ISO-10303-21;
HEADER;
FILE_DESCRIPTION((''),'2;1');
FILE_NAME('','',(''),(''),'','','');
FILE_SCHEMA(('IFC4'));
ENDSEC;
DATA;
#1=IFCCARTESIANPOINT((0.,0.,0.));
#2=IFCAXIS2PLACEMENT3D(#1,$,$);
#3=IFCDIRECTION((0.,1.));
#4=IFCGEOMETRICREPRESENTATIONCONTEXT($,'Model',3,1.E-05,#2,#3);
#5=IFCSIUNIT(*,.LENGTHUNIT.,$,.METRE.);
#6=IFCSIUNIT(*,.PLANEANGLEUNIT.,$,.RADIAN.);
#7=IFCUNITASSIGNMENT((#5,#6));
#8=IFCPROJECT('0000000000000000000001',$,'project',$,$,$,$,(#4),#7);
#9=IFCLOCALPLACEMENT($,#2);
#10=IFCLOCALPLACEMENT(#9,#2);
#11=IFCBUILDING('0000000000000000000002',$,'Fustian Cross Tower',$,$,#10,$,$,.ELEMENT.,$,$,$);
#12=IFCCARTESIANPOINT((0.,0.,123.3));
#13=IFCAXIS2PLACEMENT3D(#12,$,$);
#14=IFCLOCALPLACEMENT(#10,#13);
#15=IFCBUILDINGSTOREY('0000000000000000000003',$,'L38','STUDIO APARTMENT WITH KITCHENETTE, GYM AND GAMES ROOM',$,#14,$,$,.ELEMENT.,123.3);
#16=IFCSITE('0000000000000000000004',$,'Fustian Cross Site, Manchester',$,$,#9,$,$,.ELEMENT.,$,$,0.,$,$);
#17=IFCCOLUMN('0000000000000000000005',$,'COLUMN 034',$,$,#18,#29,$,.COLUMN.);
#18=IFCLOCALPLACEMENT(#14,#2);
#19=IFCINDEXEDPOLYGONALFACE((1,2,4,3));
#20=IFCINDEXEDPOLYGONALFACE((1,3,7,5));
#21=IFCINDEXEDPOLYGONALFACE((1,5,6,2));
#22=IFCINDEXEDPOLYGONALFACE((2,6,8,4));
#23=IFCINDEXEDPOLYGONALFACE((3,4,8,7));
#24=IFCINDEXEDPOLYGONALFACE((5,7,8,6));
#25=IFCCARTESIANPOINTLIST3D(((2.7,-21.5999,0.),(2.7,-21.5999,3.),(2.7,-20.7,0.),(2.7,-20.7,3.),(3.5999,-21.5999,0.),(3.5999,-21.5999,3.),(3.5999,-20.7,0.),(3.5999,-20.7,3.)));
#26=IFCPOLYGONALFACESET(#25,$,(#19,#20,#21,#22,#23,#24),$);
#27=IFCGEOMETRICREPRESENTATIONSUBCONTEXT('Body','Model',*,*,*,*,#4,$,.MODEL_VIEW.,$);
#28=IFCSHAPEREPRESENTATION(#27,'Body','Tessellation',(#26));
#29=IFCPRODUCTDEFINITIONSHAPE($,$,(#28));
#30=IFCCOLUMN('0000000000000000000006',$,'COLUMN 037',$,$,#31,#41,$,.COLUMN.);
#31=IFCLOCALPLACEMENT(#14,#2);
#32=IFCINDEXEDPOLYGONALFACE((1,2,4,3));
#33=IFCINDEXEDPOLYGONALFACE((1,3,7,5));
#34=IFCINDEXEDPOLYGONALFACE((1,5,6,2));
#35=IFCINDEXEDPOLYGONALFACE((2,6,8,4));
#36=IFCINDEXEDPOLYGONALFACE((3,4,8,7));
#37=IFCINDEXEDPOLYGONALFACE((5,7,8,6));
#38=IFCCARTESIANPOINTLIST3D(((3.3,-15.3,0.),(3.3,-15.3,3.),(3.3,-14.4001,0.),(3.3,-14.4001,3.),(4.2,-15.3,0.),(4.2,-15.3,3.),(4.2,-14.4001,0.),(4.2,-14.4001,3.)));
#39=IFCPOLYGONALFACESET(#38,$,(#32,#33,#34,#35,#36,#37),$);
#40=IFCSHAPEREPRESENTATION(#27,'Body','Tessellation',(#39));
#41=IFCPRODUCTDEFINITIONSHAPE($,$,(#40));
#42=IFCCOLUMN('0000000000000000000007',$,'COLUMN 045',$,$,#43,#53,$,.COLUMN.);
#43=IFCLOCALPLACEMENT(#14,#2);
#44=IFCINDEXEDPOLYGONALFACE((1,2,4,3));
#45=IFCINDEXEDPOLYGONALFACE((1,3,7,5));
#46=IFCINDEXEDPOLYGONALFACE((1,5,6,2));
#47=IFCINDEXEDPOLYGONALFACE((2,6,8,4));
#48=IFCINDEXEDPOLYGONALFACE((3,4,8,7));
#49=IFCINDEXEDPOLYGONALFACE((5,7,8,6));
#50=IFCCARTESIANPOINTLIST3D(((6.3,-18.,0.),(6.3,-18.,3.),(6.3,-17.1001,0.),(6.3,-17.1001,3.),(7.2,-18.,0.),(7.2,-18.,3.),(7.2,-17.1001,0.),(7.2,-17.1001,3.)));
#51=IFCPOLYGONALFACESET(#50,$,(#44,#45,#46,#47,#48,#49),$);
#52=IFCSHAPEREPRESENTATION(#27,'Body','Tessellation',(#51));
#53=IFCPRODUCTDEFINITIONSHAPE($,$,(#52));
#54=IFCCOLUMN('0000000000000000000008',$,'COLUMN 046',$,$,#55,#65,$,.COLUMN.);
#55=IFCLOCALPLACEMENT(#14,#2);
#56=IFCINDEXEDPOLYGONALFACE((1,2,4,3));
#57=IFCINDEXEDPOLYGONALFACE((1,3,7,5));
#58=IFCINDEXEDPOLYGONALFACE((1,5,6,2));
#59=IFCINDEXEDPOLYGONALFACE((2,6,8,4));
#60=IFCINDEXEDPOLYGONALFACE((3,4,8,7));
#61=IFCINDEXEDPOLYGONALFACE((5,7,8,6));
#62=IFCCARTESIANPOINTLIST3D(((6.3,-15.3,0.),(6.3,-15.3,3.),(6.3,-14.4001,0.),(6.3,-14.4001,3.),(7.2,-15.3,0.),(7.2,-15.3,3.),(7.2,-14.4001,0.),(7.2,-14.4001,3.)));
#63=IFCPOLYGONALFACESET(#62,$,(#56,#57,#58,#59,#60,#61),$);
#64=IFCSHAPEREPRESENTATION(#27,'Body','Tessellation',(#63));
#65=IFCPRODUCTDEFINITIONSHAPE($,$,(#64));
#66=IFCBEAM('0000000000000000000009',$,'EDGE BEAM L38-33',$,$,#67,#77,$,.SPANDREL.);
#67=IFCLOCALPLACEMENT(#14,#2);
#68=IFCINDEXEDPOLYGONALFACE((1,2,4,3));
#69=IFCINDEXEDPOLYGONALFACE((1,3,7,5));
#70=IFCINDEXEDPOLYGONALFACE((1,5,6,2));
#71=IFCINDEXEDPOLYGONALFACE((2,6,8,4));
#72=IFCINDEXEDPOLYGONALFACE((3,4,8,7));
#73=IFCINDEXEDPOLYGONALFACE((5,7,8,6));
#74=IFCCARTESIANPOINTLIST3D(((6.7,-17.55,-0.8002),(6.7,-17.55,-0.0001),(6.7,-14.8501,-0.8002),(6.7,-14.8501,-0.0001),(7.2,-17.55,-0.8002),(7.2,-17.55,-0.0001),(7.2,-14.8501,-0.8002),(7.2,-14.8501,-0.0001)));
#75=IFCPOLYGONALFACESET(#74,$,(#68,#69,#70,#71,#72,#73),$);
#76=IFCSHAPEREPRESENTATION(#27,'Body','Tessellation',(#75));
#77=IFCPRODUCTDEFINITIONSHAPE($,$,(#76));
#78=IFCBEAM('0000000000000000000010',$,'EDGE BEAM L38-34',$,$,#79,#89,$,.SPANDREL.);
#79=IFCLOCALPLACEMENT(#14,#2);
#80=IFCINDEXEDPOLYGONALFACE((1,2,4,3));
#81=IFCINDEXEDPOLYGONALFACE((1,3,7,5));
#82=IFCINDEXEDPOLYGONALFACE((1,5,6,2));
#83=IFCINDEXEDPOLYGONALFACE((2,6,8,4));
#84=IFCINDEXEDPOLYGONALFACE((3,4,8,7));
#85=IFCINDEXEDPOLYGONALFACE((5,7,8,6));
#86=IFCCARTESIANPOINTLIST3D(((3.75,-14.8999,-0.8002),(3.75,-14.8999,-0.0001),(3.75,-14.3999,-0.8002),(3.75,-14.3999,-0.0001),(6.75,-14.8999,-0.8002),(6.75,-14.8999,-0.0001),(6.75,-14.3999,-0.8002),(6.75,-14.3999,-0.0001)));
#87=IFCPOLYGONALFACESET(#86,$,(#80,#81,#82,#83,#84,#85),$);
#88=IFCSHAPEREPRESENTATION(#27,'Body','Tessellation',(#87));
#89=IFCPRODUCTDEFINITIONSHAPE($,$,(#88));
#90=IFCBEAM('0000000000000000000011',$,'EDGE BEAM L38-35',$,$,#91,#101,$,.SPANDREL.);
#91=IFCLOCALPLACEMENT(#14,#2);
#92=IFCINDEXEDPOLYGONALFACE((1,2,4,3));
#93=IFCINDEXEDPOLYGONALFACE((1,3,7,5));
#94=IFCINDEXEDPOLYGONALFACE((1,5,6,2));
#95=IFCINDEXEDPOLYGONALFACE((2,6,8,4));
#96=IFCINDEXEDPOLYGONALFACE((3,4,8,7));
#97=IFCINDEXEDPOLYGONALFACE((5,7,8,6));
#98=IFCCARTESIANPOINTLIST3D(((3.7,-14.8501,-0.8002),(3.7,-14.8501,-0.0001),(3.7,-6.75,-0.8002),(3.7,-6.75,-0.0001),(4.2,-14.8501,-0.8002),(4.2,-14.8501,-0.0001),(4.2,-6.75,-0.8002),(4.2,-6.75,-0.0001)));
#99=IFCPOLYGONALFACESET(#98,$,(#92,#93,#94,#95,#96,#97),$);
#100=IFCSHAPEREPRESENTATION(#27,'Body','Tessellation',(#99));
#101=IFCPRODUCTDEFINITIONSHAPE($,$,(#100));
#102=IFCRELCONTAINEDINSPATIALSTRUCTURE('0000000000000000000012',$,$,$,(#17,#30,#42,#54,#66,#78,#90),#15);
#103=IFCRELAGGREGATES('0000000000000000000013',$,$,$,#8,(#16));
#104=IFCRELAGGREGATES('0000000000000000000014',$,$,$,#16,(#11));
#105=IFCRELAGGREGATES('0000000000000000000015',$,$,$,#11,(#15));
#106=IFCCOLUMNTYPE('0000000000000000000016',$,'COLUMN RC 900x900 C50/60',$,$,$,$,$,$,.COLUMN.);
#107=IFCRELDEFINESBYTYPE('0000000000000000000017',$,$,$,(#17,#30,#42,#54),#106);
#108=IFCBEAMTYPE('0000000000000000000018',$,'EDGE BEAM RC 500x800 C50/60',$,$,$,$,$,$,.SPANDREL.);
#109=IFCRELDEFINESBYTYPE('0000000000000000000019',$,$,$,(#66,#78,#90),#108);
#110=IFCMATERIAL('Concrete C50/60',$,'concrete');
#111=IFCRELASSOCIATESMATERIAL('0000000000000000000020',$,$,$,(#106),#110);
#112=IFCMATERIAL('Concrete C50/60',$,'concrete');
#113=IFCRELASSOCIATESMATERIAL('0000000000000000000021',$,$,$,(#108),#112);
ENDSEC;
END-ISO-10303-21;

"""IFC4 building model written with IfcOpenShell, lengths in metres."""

from ifc_helpers import new_model, si_unit, direction, frame, origin, origin_2d, place, context, subcontext, project, spatial, rectangle, extrude, material, material_profile, profile_set, type_object, element, save


model = new_model("IFC4")

# Units and contexts
model_context = context("Model", 3, precision=1e-05, world=origin(), true_north=direction((0.0, 1.0)))
body_context = subcontext(model_context, "Body", "Model", "MODEL_VIEW")
ifc_project = project(units=[si_unit("LENGTHUNIT", "METRE"), si_unit("PLANEANGLEUNIT", "RADIAN")], contexts=[model_context])

# Site, building, storey
site_placement = place(None, origin())
site = spatial("IfcSite", under=ifc_project, at=site_placement, Name="Fustian Cross Site, Manchester", CompositionType="ELEMENT", RefElevation=0.0)
building_placement = place(site_placement, origin())
building = spatial("IfcBuilding", under=site, at=building_placement, Name="Fustian Cross Tower", CompositionType="ELEMENT")
storey_placement = place(building_placement, frame((0.0, 0.0, 123.3)))
storey = spatial("IfcBuildingStorey", under=building, at=storey_placement, Name="L38", Description="STUDIO APARTMENT WITH KITCHENETTE, GYM AND GAMES ROOM", CompositionType="ELEMENT", Elevation=123.3)

# Columns
ifc_material_1 = material(Name="Concrete C50/60", Category="concrete")
ifc_material_profile_1 = material_profile(ifc_material_1, rectangle(XDim=0.8999, YDim=0.8999, at=origin_2d()), Name="RC 900x900")
ifc_profile_set_1 = profile_set([ifc_material_profile_1], Name="Concrete C50/60")
column_type = type_object("IfcColumnType", Name="COLUMN RC 900x900 C50/60", PredefinedType="COLUMN", material=ifc_profile_set_1)
for number, where, z_axis, x_axis, name in (
    (1, (3.1499, -21.1499, 0.0), (0.0, 0.0, 1.0), (1.0, 0.0, 0.0), "COLUMN 034"),
    (2, (3.75, -14.8501, 0.0), (0.0, 0.0, 1.0), (1.0, 0.0, 0.0), "COLUMN 037"),
    (3, (6.75, -17.55, 0.0), (0.0, 0.0, 1.0), (1.0, 0.0, 0.0), "COLUMN 045"),
    (4, (6.75, -14.8501, 0.0), (0.0, 0.0, 1.0), (1.0, 0.0, 0.0), "COLUMN 046"),
):
    element("IfcColumn", number, at=place(storey_placement, frame(where, z_axis=z_axis, x_axis=x_axis)), inside=storey, type_object=column_type, Name=name, PredefinedType="COLUMN", context=body_context, shape_type="SweptSolid", body=[
        extrude(rectangle(XDim=0.8999, YDim=0.8999, at=origin_2d()), origin(), (0.0, 0.0, 1.0), 3.0),
    ])

# Beams
ifc_material_2 = material(Name="Concrete C50/60", Category="concrete")
ifc_material_profile_2 = material_profile(ifc_material_2, rectangle(XDim=0.5, YDim=0.8, at=origin_2d()), Name="RC 500x800")
ifc_profile_set_2 = profile_set([ifc_material_profile_2], Name="Concrete C50/60")
beam_type = type_object("IfcBeamType", Name="EDGE BEAM RC 500x800 C50/60", PredefinedType="SPANDREL", material=ifc_profile_set_2)
beam_1_placement = place(storey_placement, frame((6.95, -17.55, -0.4001), z_axis=(0.0, 1.0, 0.0), x_axis=(-1.0, 0.0, 0.0)))
element("IfcBeam", 5, at=beam_1_placement, inside=storey, type_object=beam_type, Name="EDGE BEAM L38-33", PredefinedType="SPANDREL", context=body_context, shape_type="SweptSolid", body=[
    extrude(rectangle(XDim=0.5, YDim=0.8, at=origin_2d()), origin(), (0.0, 0.0, 1.0), 2.7),
])
beam_2_placement = place(storey_placement, frame((6.75, -14.6499, -0.4001), z_axis=(-1.0, 0.0, 0.0), x_axis=(0.0, -1.0, 0.0)))
element("IfcBeam", 6, at=beam_2_placement, inside=storey, type_object=beam_type, Name="EDGE BEAM L38-34", PredefinedType="SPANDREL", context=body_context, shape_type="SweptSolid", body=[
    extrude(rectangle(XDim=0.5, YDim=0.8, at=origin_2d()), origin(), (0.0, 0.0, 1.0), 3.0),
])
beam_3_placement = place(storey_placement, frame((3.95, -14.8501, -0.4001), z_axis=(0.0, 1.0, 0.0), x_axis=(-1.0, 0.0, 0.0)))
element("IfcBeam", 7, at=beam_3_placement, inside=storey, type_object=beam_type, Name="EDGE BEAM L38-35", PredefinedType="SPANDREL", context=body_context, shape_type="SweptSolid", body=[
    extrude(rectangle(XDim=0.5, YDim=0.8, at=origin_2d()), origin(), (0.0, 0.0, 1.0), 8.1001),
])

save(model, "model.ifc")
